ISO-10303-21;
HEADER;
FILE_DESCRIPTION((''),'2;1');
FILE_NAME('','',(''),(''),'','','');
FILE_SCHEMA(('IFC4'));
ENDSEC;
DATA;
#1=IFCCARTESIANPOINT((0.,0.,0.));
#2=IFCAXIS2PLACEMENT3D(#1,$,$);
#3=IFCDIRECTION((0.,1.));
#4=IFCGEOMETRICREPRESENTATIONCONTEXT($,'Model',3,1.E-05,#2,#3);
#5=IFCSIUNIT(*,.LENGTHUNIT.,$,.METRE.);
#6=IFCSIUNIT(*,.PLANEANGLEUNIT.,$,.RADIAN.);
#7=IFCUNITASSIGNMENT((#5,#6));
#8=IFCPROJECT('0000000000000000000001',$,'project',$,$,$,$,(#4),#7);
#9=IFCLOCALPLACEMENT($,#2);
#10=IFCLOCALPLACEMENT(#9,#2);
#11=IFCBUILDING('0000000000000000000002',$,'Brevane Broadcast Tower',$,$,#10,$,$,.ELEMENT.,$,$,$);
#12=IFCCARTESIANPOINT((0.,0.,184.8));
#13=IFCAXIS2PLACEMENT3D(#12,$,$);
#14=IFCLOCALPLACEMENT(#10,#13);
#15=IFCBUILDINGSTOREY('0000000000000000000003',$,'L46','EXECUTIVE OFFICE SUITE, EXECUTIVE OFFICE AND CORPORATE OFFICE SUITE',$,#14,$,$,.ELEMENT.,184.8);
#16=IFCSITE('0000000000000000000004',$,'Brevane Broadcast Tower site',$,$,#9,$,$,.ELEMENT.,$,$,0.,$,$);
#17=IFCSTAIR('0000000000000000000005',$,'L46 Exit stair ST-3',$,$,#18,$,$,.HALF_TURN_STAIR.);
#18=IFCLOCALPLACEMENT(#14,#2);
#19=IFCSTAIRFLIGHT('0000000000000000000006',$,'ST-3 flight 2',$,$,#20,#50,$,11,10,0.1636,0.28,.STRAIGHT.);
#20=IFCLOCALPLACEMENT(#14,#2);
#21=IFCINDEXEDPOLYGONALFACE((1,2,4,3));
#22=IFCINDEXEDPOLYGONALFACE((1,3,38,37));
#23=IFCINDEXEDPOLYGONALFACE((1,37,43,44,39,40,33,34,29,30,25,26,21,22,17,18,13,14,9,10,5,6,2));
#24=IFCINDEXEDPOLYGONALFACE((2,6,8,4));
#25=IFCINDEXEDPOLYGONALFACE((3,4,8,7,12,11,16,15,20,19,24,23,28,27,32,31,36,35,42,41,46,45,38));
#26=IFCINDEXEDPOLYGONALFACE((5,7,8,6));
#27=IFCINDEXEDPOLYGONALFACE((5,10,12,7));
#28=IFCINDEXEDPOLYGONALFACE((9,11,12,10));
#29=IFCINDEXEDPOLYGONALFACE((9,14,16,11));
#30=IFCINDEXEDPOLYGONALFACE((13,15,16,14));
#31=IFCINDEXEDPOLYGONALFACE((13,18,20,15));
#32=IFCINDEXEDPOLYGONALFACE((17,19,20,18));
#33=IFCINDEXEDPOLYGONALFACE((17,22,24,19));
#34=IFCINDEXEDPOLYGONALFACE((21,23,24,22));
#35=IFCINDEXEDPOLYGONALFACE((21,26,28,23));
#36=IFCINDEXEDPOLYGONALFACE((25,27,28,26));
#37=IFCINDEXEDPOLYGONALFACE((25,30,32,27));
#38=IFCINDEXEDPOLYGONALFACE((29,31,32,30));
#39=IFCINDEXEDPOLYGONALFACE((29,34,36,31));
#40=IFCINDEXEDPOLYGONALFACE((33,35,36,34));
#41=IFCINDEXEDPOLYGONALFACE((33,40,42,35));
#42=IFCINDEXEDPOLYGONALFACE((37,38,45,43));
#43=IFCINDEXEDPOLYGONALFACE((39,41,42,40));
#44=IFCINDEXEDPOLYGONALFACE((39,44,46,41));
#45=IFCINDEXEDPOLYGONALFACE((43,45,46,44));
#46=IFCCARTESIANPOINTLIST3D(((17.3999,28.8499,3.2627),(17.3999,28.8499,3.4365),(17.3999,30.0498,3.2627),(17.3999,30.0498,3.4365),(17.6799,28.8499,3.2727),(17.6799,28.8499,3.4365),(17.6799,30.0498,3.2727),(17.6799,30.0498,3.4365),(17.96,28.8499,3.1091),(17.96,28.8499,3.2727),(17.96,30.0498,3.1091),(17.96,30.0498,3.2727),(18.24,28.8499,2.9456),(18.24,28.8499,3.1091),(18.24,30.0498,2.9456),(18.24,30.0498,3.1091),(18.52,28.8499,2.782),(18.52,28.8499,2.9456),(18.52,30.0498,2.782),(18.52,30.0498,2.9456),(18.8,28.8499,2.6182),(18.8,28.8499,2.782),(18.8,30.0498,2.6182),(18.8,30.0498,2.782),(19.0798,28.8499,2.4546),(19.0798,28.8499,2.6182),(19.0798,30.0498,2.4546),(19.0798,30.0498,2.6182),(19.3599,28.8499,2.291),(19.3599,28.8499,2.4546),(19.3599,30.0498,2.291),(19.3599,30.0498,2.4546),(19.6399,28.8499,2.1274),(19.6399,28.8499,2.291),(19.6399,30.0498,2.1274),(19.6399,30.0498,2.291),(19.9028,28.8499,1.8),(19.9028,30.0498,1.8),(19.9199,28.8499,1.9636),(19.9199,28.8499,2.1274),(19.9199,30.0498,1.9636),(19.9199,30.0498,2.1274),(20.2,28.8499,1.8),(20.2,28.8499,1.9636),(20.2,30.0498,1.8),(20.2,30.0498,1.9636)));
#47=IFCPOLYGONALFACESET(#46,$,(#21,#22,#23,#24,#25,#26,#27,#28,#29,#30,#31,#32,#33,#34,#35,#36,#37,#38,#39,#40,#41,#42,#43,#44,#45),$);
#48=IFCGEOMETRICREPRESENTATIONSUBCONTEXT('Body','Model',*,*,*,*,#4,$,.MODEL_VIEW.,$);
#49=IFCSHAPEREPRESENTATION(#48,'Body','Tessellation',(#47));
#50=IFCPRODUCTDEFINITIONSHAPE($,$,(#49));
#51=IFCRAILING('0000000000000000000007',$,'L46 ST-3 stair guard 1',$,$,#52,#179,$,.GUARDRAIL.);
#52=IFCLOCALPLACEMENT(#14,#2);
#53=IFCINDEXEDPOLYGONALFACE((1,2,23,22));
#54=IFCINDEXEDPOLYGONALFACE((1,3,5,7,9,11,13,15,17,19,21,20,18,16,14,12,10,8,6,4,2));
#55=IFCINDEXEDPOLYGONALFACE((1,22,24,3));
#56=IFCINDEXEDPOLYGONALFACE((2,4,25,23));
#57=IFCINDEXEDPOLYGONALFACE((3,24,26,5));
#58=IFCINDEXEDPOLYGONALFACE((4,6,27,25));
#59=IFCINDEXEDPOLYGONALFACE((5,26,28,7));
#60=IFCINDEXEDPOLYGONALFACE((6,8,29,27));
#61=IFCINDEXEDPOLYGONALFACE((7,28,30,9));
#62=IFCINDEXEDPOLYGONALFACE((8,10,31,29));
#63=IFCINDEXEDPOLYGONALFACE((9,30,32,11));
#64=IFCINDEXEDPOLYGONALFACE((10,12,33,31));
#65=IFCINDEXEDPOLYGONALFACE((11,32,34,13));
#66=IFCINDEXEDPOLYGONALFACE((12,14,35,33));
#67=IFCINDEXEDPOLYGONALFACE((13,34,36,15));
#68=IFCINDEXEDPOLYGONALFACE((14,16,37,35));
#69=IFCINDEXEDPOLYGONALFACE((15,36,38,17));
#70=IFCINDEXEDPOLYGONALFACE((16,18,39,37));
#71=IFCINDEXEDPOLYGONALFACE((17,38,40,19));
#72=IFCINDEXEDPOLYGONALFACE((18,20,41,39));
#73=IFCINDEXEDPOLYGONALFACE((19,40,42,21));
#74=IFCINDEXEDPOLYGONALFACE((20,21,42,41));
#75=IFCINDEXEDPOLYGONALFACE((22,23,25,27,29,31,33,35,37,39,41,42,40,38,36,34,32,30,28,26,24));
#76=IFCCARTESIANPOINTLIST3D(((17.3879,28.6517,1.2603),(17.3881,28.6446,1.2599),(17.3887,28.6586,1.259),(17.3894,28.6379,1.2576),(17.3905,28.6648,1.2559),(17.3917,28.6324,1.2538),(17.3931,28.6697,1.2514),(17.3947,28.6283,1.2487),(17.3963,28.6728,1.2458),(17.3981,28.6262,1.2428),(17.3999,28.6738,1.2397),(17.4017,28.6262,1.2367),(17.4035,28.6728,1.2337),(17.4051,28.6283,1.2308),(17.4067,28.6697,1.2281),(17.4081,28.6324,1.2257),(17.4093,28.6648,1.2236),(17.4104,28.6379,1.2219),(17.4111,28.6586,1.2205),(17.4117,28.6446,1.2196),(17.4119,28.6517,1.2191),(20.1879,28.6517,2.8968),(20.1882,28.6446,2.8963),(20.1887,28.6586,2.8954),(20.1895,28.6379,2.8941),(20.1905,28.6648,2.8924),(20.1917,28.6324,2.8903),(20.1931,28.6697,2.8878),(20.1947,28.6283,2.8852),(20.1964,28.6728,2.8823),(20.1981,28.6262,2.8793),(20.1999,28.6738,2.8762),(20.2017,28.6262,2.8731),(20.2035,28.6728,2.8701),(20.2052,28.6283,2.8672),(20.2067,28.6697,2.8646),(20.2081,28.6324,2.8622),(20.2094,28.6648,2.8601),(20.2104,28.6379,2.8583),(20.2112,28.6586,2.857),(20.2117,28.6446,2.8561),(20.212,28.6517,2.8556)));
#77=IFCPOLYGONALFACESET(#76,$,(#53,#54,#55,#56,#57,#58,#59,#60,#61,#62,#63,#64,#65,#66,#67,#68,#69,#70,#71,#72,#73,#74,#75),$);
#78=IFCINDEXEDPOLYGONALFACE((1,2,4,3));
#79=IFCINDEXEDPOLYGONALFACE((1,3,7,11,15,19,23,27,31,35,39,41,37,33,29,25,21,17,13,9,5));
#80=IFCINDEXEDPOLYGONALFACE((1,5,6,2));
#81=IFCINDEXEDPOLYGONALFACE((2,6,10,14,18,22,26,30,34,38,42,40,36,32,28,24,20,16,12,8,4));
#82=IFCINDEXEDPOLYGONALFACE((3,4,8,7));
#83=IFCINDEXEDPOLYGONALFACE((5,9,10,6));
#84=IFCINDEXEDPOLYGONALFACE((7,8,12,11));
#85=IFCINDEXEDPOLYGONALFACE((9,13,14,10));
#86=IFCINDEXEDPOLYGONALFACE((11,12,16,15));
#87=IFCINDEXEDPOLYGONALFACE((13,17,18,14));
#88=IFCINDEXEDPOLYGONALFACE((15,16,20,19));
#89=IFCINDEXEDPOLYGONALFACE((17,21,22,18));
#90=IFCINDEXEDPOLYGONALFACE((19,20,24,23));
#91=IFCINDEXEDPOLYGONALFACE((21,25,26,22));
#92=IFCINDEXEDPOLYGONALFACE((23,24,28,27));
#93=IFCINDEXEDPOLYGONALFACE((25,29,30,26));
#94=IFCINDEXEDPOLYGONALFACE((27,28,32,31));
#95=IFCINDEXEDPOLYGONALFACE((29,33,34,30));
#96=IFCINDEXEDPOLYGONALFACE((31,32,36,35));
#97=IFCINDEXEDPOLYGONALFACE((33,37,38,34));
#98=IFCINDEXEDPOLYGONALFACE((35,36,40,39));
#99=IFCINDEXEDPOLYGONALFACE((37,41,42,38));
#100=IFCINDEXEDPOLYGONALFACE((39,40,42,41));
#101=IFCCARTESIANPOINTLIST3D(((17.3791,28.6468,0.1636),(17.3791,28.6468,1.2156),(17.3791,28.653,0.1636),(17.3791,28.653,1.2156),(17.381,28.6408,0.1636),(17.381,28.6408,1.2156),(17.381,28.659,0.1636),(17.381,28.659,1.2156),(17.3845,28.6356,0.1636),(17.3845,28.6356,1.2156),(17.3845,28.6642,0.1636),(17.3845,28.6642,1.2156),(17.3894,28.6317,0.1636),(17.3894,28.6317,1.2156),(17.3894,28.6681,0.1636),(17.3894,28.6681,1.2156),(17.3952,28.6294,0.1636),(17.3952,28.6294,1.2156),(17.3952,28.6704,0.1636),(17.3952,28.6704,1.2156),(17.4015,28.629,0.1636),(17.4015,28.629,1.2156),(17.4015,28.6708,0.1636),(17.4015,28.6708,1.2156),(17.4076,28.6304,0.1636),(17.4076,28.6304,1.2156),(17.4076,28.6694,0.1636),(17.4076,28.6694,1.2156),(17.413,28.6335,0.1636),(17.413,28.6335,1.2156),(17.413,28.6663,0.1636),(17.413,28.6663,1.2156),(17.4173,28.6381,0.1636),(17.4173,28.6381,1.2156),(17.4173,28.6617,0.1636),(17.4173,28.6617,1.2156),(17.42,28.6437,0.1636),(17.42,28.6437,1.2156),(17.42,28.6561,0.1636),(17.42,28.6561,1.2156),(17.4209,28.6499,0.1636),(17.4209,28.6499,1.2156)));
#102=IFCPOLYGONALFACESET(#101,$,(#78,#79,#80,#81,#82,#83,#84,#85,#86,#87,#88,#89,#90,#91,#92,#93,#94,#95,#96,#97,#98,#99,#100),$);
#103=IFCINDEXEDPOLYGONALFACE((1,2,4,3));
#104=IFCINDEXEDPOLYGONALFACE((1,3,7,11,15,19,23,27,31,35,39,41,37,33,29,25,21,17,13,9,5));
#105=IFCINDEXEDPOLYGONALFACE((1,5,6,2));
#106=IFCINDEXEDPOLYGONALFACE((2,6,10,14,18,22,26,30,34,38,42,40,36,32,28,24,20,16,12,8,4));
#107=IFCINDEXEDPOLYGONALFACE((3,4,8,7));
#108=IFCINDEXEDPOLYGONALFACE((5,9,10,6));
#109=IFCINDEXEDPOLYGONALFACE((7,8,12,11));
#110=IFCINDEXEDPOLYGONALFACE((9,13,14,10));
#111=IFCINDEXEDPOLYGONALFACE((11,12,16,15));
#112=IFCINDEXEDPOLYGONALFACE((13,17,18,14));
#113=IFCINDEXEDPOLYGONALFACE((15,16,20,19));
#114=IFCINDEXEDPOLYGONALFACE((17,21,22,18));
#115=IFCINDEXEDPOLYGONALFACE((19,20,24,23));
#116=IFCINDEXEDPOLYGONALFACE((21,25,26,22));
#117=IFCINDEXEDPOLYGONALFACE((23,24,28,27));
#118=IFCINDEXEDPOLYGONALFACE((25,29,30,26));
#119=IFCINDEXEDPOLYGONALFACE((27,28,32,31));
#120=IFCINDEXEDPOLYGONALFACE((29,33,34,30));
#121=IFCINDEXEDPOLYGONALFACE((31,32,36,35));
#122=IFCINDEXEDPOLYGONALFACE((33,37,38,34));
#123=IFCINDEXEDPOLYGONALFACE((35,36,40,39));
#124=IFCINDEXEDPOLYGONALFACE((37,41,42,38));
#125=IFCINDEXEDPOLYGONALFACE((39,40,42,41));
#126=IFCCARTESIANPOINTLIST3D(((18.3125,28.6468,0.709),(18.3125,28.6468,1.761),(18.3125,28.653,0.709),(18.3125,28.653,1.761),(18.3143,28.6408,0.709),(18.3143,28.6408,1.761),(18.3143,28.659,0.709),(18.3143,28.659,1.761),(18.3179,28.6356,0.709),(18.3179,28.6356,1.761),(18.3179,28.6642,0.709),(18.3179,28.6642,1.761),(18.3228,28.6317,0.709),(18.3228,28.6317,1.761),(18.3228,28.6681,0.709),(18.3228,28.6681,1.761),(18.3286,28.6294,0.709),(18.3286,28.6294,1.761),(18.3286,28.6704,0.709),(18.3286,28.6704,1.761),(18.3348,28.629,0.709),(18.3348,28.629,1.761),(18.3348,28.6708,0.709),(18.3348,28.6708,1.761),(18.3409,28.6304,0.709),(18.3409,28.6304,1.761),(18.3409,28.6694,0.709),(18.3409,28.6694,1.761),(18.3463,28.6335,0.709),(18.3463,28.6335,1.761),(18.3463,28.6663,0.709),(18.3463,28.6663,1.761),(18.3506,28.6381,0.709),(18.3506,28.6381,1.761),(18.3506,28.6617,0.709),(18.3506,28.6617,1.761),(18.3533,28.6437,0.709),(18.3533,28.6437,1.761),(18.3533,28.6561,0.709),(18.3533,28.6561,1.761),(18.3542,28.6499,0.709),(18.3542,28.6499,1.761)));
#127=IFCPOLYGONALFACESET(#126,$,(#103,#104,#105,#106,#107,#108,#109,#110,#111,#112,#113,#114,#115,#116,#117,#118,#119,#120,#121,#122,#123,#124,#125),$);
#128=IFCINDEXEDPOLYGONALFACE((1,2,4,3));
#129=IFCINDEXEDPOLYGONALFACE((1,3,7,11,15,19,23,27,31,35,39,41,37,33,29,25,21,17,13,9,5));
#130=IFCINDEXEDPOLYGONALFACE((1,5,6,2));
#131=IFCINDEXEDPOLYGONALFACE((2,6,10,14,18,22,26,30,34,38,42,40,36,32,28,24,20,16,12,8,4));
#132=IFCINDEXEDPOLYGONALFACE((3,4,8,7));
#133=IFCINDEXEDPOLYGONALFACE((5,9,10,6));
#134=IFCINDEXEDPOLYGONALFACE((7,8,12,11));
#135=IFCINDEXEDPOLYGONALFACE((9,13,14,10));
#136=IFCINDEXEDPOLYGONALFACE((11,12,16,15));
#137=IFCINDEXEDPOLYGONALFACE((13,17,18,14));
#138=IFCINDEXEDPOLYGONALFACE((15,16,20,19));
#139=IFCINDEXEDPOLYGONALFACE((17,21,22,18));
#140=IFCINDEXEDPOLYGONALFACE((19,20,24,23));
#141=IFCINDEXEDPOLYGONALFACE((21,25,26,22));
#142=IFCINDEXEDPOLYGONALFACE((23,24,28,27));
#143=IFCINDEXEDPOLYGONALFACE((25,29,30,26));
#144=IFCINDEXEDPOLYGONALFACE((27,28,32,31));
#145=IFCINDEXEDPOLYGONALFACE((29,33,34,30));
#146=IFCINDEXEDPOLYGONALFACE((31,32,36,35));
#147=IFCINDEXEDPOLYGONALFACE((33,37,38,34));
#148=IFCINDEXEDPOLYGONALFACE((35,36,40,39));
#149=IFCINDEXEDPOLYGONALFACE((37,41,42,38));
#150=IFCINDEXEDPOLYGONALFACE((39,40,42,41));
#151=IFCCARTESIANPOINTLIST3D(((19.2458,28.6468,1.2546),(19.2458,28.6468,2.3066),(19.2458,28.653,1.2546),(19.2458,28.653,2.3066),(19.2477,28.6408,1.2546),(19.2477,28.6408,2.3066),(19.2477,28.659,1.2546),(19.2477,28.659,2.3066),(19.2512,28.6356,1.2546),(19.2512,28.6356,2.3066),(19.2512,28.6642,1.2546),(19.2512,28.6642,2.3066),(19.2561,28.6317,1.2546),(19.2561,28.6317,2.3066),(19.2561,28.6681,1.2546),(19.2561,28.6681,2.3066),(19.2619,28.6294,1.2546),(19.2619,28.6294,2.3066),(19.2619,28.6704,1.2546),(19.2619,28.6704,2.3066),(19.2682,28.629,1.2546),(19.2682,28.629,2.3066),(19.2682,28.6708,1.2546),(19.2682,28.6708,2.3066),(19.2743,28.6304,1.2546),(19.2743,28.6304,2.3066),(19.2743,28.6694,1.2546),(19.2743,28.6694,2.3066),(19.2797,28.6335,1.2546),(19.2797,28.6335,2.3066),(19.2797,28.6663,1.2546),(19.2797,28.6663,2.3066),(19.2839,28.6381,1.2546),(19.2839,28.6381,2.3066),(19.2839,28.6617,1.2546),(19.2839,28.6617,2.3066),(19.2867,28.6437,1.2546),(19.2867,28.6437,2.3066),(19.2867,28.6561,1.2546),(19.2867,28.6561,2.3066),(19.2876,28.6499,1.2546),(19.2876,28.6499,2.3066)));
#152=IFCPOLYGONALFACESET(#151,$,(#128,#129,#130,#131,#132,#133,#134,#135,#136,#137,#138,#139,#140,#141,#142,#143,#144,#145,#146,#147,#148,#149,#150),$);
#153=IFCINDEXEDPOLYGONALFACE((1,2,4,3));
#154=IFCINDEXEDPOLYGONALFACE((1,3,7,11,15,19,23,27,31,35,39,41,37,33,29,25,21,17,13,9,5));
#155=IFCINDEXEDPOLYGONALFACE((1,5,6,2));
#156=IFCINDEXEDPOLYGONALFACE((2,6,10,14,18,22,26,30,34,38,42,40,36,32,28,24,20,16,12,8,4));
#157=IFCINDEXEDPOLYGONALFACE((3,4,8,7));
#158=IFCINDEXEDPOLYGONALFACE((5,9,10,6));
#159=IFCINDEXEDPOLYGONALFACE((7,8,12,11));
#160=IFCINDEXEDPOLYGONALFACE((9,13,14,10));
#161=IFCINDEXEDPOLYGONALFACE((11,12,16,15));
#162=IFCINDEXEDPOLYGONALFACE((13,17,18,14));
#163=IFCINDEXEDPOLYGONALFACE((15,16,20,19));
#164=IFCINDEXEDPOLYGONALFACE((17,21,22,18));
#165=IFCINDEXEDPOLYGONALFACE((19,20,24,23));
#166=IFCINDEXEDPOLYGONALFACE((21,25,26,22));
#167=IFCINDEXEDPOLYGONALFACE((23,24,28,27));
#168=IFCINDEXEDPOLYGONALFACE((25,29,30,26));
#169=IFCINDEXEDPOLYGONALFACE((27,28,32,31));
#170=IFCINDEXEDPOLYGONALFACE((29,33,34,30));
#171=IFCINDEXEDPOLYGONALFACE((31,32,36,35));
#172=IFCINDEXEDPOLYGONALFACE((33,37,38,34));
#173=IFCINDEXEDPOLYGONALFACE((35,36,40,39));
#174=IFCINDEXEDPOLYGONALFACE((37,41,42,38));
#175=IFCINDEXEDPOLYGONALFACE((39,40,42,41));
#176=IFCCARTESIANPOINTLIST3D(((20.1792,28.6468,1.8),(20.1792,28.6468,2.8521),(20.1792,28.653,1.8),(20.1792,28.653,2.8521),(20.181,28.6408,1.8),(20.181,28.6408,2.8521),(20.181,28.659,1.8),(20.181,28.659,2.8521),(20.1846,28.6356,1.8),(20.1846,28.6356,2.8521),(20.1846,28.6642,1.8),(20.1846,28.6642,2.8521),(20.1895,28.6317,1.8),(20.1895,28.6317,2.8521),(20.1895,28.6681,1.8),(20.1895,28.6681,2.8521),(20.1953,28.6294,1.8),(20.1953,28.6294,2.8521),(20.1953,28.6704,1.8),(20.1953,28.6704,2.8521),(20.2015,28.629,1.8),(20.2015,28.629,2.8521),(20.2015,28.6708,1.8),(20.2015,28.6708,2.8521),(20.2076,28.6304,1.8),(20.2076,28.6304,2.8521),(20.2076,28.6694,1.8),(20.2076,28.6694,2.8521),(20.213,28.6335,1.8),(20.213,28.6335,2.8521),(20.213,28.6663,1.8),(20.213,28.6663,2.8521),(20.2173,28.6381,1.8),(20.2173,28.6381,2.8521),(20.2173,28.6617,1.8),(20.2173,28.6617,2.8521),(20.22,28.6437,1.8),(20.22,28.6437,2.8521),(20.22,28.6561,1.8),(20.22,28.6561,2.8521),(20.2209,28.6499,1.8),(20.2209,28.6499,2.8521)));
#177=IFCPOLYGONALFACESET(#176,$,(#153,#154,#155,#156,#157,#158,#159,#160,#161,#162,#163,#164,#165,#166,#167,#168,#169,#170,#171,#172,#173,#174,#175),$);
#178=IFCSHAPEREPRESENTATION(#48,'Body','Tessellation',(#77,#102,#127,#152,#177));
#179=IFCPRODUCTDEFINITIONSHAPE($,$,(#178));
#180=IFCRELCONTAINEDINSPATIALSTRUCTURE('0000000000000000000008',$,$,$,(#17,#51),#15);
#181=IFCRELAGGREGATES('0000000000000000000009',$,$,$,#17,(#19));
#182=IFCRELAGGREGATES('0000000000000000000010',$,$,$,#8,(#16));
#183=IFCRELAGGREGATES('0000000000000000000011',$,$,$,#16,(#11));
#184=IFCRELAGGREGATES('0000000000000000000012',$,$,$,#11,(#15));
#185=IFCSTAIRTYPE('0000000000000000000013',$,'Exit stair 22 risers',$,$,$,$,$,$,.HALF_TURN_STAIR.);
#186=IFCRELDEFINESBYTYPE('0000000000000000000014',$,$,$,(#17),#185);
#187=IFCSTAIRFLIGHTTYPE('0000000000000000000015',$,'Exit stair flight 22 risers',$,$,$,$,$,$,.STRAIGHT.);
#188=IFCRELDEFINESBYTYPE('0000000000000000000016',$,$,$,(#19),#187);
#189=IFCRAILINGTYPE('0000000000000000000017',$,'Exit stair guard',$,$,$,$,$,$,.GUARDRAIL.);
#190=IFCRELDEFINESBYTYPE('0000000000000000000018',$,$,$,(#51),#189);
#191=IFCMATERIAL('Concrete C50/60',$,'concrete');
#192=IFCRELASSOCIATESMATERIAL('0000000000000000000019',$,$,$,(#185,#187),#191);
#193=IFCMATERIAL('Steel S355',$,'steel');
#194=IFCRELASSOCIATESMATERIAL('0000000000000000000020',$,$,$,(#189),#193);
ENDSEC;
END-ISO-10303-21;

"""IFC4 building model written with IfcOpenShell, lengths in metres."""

from ifc_helpers import new_model, si_unit, direction, frame, origin, origin_2d, place, context, subcontext, project, spatial, polyline, circle, outline, extrude, material, type_object, element, aggregate, save


model = new_model("IFC4")

# Units and contexts
model_context = context("Model", 3, precision=1e-05, world=origin(), true_north=direction((0.0, 1.0)))
body_context = subcontext(model_context, "Body", "Model", "MODEL_VIEW")
ifc_project = project(units=[si_unit("LENGTHUNIT", "METRE"), si_unit("PLANEANGLEUNIT", "RADIAN")], contexts=[model_context])

# Site, building, storey
site_placement = place(None, origin())
site = spatial("IfcSite", under=ifc_project, at=site_placement, Name="Brevane Broadcast Tower site", CompositionType="ELEMENT", RefElevation=0.0)
building_placement = place(site_placement, origin())
building = spatial("IfcBuilding", under=site, at=building_placement, Name="Brevane Broadcast Tower", CompositionType="ELEMENT")
storey_placement = place(building_placement, frame((0.0, 0.0, 184.8)))
storey = spatial("IfcBuildingStorey", under=building, at=storey_placement, Name="L46", Description="EXECUTIVE OFFICE SUITE, EXECUTIVE OFFICE AND CORPORATE OFFICE SUITE", CompositionType="ELEMENT", Elevation=184.8)

# Stair, stair flight
ifc_material_1 = material(Name="Concrete C50/60", Category="concrete")
stair_type = type_object("IfcStairType", Name="Exit stair 22 risers", PredefinedType="HALF_TURN_STAIR", material=ifc_material_1)
stair_placement = place(storey_placement, origin())
stair = element("IfcStair", 1, at=stair_placement, inside=storey, type_object=stair_type, Name="L46 Exit stair ST-3", PredefinedType="HALF_TURN_STAIR")
stair_flight_type = type_object("IfcStairFlightType", Name="Exit stair flight 22 risers", PredefinedType="STRAIGHT", material=ifc_material_1)
stair_flight_1_placement = place(storey_placement, frame((20.2, 29.45, 1.8), z_axis=(0.0, 0.0, 1.0), x_axis=(-1.0, 0.0, 0.0)))
stair_flight_1 = element("IfcStairFlight", 2, at=stair_flight_1_placement, type_object=stair_flight_type, Name="ST-3 flight 2", NumberOfRisers=11, NumberOfTreads=10, PredefinedType="STRAIGHT", RiserHeight=0.1636, TreadLength=0.28, context=body_context, shape_type="SweptSolid", body=[
    extrude(outline(polyline([(0.0, 0.0), (0.0, 0.1636), (0.28, 0.1636), (0.28, 0.3274), (0.5601, 0.3274), (0.5601, 0.491), (0.8401, 0.491), (0.8401, 0.6545), (1.1201, 0.6545), (1.1201, 0.8181), (1.3999, 0.8181), (1.3999, 0.9819), (1.6799, 0.9819), (1.6799, 1.1455), (1.96, 1.1455), (1.96, 1.3091), (2.24, 1.3091), (2.24, 1.4727), (2.52, 1.4727), (2.52, 1.6365), (2.8, 1.6365), (2.8, 1.8), (2.8, 1.4626), (0.2971, 0.0), (0.0, 0.0)])), frame((0.0, 0.6001, 0.0), z_axis=(0.0, -1.0, 0.0), x_axis=(1.0, 0.0, 0.0)), (0.0, 0.0, 1.0), 1.2),
])
aggregate(stair, [stair_flight_1])

# Railing
ifc_material_2 = material(Name="Steel S355", Category="steel")
railing_type_1 = type_object("IfcRailingType", Name="Exit stair guard", PredefinedType="GUARDRAIL", material=ifc_material_2)
railing_1_placement = place(storey_placement, frame((17.3999, 28.6499, 0.1636)))
element("IfcRailing", 3, at=railing_1_placement, inside=storey, type_object=railing_type_1, Name="L46 ST-3 stair guard 1", PredefinedType="GUARDRAIL", context=body_context, shape_type="SweptSolid", body=[
    extrude(circle(Radius=0.0239, at=origin_2d()), frame((0.0, 0.0, 1.0762), z_axis=(0.863361, 0.0, 0.504587), x_axis=(0.0, 1.0, 0.0)), (0.0, 0.0, 1.0), 3.2432),
    extrude(circle(Radius=0.021, at=origin_2d()), origin(), (0.0, 0.0, 1.0), 1.052),
    extrude(circle(Radius=0.021, at=origin_2d()), frame((0.9333, 0.0, 0.5454)), (0.0, 0.0, 1.0), 1.052),
    extrude(circle(Radius=0.021, at=origin_2d()), frame((1.8667, 0.0, 1.0911)), (0.0, 0.0, 1.0), 1.052),
    extrude(circle(Radius=0.021, at=origin_2d()), frame((2.8, 0.0, 1.6365)), (0.0, 0.0, 1.0), 1.052),
])

save(model, "model.ifc")
